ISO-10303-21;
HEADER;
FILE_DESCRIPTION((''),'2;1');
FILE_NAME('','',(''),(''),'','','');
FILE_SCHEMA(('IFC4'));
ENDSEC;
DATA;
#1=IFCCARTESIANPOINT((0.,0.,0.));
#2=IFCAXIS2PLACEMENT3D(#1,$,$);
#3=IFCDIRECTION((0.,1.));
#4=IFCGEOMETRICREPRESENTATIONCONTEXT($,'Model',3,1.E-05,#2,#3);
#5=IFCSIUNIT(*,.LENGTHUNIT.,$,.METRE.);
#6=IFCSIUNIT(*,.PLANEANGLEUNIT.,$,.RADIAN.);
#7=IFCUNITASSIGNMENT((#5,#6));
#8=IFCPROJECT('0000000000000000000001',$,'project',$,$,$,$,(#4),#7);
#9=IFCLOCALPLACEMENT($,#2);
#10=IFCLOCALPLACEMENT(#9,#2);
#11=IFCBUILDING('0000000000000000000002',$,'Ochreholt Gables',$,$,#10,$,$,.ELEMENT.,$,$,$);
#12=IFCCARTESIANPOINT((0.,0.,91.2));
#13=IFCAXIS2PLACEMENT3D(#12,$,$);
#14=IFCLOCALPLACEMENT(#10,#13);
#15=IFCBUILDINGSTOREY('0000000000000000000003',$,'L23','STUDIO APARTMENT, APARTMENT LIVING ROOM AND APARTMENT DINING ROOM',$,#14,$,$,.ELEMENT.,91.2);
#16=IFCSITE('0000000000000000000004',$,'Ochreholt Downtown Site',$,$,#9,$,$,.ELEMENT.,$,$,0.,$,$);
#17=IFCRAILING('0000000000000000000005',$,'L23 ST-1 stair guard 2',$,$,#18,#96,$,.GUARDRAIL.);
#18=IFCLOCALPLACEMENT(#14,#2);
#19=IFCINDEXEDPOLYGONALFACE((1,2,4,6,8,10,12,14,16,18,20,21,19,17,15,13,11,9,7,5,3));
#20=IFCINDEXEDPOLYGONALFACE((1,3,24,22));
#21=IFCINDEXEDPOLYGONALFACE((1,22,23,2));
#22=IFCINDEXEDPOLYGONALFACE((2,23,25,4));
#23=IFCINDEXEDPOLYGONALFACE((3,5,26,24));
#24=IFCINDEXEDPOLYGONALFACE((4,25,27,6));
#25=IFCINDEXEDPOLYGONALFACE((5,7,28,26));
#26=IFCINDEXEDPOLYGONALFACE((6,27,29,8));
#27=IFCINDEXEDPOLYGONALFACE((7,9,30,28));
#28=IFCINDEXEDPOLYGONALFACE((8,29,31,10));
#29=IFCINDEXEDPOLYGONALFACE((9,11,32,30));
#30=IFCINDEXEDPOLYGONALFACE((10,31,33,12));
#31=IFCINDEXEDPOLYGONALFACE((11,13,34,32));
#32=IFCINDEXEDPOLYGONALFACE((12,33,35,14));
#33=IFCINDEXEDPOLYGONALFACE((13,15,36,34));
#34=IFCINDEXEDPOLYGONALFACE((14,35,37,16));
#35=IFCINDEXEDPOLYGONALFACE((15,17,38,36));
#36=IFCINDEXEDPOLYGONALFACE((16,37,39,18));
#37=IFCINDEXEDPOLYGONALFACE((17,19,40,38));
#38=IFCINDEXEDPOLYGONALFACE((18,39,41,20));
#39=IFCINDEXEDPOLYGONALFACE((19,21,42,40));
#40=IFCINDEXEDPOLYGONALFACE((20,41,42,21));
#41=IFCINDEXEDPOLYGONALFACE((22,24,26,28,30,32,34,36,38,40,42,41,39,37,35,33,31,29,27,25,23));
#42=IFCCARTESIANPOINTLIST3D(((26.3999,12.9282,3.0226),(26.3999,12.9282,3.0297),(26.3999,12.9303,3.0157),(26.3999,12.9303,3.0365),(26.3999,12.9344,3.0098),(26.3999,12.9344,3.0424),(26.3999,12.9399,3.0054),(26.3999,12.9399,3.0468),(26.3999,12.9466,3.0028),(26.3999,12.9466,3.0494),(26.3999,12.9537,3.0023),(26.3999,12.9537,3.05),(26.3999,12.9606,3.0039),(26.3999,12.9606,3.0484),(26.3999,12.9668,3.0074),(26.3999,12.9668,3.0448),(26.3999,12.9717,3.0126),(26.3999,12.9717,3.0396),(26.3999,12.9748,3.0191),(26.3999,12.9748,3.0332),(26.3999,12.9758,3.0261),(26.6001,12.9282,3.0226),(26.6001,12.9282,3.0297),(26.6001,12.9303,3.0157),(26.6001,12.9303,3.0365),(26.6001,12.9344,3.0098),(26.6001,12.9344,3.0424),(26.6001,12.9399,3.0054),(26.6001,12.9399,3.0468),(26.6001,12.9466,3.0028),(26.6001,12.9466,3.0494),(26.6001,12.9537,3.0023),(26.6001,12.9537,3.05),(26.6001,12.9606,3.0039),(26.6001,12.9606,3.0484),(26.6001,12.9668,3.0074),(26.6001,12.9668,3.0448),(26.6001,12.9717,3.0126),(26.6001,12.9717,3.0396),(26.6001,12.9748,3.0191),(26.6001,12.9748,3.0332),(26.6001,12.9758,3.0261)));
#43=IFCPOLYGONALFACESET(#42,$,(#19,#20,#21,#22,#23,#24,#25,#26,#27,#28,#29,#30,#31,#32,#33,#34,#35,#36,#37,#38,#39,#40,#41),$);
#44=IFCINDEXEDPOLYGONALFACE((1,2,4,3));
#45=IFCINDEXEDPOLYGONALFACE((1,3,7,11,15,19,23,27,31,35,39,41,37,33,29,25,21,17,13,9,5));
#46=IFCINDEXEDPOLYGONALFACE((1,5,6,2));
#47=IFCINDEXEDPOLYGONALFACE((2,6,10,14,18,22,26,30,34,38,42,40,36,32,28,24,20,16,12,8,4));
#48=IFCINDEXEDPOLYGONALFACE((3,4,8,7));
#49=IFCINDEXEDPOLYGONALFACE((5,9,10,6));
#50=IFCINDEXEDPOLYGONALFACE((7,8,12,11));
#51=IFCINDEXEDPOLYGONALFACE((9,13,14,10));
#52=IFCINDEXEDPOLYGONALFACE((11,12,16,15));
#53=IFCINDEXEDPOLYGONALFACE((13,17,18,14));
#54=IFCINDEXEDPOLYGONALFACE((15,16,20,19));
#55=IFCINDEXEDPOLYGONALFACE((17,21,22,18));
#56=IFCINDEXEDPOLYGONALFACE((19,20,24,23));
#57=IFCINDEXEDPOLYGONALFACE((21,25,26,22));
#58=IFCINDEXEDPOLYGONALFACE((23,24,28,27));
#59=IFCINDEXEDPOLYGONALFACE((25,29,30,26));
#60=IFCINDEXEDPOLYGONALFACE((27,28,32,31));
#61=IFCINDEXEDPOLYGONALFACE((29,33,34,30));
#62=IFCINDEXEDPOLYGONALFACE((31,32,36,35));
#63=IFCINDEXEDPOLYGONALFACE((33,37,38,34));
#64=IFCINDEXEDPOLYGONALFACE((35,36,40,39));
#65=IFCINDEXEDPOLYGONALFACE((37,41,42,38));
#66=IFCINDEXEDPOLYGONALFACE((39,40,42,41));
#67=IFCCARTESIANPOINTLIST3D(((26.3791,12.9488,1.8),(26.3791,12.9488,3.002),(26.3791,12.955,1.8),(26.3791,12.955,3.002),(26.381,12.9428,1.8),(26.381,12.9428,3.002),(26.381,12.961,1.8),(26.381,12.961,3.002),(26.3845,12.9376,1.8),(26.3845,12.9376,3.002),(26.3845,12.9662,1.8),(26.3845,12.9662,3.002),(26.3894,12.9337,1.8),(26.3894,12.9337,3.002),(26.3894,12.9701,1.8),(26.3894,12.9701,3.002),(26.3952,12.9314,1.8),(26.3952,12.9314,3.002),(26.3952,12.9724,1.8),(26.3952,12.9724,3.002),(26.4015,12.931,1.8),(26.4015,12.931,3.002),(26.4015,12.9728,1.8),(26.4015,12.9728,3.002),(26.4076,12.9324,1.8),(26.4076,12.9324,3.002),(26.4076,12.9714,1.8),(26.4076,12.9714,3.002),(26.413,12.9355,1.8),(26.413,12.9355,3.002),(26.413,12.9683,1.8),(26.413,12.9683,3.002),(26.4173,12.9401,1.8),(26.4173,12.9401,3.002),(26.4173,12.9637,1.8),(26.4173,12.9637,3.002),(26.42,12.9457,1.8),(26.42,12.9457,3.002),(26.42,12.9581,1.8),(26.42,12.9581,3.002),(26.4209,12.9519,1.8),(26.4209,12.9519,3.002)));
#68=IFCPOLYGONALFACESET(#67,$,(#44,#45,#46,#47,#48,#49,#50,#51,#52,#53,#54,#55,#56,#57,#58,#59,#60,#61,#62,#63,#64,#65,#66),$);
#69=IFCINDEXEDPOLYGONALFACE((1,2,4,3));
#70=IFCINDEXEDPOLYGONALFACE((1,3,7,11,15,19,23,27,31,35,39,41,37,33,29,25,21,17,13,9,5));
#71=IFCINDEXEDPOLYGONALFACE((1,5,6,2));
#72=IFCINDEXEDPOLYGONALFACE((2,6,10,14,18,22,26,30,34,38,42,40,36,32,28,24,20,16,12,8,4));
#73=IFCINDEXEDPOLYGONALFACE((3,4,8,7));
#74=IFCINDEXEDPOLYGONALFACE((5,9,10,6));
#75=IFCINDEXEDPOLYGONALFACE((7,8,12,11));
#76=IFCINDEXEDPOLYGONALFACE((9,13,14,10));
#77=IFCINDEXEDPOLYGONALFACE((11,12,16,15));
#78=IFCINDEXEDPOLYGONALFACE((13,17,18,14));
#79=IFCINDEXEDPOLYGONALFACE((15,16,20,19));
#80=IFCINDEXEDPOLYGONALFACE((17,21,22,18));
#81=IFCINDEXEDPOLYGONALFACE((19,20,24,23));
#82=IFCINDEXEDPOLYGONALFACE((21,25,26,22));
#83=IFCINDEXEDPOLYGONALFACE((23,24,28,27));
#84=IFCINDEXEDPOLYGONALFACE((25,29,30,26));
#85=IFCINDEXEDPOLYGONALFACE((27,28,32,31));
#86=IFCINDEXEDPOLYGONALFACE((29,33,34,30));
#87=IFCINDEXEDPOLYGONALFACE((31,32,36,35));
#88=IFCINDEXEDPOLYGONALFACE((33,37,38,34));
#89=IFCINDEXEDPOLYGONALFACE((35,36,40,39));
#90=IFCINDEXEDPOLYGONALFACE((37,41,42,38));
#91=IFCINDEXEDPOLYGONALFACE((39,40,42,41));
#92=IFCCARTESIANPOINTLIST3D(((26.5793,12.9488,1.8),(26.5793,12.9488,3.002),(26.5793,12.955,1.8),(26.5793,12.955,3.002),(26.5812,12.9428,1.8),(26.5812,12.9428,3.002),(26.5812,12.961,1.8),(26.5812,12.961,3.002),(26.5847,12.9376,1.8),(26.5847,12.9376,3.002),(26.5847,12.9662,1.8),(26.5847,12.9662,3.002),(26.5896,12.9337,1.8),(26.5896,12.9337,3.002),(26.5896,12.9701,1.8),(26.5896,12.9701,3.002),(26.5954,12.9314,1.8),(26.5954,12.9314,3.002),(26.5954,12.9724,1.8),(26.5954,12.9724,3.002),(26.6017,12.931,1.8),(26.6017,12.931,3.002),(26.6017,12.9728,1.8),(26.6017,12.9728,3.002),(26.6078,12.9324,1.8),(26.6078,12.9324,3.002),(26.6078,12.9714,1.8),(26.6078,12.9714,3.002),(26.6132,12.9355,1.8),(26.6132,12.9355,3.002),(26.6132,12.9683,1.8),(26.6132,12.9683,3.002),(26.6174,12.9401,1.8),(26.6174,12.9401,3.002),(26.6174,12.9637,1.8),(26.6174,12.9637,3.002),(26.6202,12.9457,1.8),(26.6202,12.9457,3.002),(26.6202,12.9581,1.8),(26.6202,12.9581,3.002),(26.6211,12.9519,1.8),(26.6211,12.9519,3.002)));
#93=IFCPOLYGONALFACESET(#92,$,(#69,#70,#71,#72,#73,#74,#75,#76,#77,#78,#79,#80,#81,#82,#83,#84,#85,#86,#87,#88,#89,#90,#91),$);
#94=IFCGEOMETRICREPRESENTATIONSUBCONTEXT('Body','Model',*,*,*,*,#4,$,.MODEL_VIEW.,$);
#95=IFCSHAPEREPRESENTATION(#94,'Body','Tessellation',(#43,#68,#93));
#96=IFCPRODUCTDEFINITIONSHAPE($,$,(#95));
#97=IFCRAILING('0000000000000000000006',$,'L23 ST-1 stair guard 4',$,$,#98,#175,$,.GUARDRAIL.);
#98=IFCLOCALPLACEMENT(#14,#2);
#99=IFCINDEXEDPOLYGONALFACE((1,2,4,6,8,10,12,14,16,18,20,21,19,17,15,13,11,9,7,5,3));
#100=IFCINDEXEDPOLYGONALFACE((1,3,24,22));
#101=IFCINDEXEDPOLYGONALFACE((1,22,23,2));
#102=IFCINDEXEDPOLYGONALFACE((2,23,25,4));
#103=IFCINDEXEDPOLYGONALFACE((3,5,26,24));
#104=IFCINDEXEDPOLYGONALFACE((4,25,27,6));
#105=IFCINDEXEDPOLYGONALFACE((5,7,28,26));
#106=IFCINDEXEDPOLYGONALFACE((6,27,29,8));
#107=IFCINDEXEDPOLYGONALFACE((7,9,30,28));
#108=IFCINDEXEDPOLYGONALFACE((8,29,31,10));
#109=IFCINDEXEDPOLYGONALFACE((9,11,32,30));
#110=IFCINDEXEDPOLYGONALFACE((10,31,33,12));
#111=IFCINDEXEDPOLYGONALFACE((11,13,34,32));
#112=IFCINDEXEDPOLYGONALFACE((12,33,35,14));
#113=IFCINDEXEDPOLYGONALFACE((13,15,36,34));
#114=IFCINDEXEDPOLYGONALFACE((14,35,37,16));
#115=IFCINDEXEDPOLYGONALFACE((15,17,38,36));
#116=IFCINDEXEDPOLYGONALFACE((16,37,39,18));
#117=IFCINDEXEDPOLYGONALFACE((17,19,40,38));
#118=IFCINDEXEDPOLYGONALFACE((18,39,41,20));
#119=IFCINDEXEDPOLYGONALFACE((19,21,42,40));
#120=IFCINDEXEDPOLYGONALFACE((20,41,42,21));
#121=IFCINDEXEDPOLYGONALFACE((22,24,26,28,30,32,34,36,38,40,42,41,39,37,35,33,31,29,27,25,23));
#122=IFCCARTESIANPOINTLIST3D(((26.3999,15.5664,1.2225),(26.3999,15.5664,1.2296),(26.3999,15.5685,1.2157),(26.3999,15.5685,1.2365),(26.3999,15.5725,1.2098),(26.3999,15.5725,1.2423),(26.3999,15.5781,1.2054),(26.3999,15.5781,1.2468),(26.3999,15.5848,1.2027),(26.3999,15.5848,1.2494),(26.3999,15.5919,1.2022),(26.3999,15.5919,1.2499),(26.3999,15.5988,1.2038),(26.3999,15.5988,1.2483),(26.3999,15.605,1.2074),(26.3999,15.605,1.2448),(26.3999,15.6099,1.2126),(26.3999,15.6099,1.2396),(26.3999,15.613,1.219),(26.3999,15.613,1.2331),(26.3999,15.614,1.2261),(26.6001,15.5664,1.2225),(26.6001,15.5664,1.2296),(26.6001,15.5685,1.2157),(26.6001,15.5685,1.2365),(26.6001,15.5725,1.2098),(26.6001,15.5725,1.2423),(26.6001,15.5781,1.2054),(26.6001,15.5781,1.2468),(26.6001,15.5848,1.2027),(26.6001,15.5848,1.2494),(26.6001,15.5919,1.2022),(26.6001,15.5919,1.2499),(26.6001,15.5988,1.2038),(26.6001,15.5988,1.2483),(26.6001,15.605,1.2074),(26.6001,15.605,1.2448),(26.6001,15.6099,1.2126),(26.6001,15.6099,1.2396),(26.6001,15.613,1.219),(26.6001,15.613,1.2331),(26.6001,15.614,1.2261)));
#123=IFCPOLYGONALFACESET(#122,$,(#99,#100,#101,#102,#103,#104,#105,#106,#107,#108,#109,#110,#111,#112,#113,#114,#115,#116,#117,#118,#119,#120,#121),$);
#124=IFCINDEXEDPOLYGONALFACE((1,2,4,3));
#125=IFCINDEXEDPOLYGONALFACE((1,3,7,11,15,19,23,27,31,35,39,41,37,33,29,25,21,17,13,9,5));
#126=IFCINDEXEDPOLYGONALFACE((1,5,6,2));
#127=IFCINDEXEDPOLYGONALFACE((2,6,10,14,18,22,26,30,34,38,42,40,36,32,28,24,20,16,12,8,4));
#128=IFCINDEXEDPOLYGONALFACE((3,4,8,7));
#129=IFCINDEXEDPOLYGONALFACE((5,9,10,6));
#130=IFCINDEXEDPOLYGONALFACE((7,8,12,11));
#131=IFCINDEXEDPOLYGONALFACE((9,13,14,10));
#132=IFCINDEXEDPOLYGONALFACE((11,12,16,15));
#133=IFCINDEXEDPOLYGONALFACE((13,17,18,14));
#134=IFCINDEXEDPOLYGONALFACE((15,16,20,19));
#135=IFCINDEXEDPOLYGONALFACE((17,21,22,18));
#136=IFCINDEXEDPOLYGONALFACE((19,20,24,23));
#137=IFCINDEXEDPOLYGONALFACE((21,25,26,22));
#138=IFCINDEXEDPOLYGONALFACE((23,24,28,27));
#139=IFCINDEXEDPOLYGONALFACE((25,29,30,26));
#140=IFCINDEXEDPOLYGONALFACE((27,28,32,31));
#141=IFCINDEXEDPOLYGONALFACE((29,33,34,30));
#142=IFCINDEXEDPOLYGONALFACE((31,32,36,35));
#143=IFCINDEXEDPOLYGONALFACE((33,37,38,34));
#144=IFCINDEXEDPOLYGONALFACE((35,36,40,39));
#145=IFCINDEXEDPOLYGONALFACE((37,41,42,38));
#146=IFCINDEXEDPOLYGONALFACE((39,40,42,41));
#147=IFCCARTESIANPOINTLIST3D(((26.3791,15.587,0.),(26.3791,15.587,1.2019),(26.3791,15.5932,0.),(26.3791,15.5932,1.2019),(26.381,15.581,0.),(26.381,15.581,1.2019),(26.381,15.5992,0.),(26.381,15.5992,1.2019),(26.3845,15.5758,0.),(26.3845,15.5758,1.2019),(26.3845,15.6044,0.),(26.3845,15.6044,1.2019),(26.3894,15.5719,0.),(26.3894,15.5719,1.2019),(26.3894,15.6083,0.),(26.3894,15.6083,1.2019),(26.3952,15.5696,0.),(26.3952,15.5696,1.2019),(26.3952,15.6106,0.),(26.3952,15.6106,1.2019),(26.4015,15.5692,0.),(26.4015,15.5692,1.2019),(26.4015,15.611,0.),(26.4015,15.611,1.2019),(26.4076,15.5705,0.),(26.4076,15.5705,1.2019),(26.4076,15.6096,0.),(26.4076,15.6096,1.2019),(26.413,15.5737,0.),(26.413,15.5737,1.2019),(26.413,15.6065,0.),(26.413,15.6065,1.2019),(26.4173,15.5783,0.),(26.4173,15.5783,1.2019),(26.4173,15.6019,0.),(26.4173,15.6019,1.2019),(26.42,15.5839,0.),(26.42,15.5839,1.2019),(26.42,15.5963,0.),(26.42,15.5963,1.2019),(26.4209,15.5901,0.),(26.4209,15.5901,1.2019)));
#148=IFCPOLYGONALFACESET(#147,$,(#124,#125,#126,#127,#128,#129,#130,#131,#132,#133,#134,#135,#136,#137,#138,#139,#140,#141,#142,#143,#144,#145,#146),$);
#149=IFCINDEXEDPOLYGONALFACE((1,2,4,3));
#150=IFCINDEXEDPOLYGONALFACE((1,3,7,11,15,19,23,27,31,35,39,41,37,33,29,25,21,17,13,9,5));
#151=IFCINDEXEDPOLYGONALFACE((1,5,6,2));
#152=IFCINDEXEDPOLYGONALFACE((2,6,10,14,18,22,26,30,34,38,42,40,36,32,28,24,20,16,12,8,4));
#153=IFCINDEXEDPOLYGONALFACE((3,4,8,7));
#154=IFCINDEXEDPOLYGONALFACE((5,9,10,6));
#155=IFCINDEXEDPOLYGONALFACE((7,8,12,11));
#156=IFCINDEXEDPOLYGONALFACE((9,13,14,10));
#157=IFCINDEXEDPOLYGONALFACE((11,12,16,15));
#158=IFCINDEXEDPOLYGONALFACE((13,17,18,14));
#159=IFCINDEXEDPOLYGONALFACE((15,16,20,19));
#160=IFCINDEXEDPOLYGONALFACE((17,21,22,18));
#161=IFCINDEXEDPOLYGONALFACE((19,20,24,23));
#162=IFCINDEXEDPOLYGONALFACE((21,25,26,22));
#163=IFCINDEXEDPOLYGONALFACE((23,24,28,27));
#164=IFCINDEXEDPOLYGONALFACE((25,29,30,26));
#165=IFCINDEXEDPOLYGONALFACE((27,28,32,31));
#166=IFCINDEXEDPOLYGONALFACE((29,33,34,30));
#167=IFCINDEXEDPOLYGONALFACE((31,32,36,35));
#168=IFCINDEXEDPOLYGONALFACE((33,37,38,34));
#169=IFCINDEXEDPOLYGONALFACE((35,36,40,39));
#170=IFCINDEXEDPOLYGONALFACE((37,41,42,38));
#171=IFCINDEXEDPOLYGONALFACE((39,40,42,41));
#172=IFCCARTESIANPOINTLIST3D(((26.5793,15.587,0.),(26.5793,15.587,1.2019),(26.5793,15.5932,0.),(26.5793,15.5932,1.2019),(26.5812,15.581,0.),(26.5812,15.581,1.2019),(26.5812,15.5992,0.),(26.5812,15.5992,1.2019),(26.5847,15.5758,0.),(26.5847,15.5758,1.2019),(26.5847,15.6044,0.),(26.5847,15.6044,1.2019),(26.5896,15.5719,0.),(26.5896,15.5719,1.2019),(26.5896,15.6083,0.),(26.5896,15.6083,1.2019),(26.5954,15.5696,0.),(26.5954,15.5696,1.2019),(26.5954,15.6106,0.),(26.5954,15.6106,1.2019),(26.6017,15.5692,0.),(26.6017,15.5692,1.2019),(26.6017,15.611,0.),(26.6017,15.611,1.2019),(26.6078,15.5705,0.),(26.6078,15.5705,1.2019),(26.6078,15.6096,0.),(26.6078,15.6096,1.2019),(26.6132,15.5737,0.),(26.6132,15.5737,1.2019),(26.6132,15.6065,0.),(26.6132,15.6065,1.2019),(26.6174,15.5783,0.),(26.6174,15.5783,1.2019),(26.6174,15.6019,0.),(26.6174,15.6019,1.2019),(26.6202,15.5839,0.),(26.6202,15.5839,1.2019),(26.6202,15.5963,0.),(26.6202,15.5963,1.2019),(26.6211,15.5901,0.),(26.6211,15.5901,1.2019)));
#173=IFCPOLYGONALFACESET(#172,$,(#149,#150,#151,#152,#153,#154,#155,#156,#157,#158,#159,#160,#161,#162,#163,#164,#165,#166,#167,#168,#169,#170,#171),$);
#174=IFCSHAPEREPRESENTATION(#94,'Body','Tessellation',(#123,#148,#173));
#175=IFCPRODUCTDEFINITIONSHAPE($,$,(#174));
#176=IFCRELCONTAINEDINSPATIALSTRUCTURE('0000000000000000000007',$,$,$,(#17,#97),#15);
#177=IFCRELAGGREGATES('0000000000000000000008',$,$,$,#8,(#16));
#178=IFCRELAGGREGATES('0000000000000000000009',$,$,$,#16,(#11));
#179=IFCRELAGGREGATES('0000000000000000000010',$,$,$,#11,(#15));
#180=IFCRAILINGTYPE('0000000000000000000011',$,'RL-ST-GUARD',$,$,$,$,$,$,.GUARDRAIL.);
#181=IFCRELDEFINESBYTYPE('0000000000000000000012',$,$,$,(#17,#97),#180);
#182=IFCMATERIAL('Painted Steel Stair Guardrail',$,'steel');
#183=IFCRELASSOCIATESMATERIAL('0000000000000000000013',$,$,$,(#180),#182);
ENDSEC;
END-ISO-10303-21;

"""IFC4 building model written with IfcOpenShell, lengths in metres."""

from ifc_helpers import new_model, si_unit, direction, frame, origin, origin_2d, place, context, subcontext, project, spatial, circle, extrude, material, type_object, element, save


model = new_model("IFC4")

# Units and contexts
model_context = context("Model", 3, precision=1e-05, world=origin(), true_north=direction((0.0, 1.0)))
body_context = subcontext(model_context, "Body", "Model", "MODEL_VIEW")
ifc_project = project(units=[si_unit("LENGTHUNIT", "METRE"), si_unit("PLANEANGLEUNIT", "RADIAN")], contexts=[model_context])

# Site, building, storey
site_placement = place(None, origin())
site = spatial("IfcSite", under=ifc_project, at=site_placement, Name="Ochreholt Downtown Site", CompositionType="ELEMENT", RefElevation=0.0)
building_placement = place(site_placement, origin())
building = spatial("IfcBuilding", under=site, at=building_placement, Name="Ochreholt Gables", CompositionType="ELEMENT")
storey_placement = place(building_placement, frame((0.0, 0.0, 91.2)))
storey = spatial("IfcBuildingStorey", under=building, at=storey_placement, Name="L23", Description="STUDIO APARTMENT, APARTMENT LIVING ROOM AND APARTMENT DINING ROOM", CompositionType="ELEMENT", Elevation=91.2)

# Railings
ifc_material_1 = material(Name="Painted Steel Stair Guardrail", Category="steel")
railing_type_1 = type_object("IfcRailingType", Name="RL-ST-GUARD", PredefinedType="GUARDRAIL", material=ifc_material_1)
for number, where, name in (
    (1, (26.3999, 12.9519, 1.8), "L23 ST-1 stair guard 2"),
    (2, (26.3999, 15.5901, 0.0), "L23 ST-1 stair guard 4"),
):
    element("IfcRailing", number, at=place(storey_placement, frame(where)), inside=storey, type_object=railing_type_1, Name=name, PredefinedType="GUARDRAIL", context=body_context, shape_type="SweptSolid", body=[
        extrude(circle(Radius=0.0239, at=origin_2d()), frame((0.0, 0.0, 1.2261), z_axis=(1.0, 0.0, 0.0), x_axis=(0.0, 1.0, 0.0)), (0.0, 0.0, 1.0), 0.2002),
        extrude(circle(Radius=0.021, at=origin_2d()), origin(), (0.0, 0.0, 1.0), 1.2019),
        extrude(circle(Radius=0.021, at=origin_2d()), frame((0.2002, 0.0, 0.0)), (0.0, 0.0, 1.0), 1.2019),
    ])

save(model, "model.ifc")
